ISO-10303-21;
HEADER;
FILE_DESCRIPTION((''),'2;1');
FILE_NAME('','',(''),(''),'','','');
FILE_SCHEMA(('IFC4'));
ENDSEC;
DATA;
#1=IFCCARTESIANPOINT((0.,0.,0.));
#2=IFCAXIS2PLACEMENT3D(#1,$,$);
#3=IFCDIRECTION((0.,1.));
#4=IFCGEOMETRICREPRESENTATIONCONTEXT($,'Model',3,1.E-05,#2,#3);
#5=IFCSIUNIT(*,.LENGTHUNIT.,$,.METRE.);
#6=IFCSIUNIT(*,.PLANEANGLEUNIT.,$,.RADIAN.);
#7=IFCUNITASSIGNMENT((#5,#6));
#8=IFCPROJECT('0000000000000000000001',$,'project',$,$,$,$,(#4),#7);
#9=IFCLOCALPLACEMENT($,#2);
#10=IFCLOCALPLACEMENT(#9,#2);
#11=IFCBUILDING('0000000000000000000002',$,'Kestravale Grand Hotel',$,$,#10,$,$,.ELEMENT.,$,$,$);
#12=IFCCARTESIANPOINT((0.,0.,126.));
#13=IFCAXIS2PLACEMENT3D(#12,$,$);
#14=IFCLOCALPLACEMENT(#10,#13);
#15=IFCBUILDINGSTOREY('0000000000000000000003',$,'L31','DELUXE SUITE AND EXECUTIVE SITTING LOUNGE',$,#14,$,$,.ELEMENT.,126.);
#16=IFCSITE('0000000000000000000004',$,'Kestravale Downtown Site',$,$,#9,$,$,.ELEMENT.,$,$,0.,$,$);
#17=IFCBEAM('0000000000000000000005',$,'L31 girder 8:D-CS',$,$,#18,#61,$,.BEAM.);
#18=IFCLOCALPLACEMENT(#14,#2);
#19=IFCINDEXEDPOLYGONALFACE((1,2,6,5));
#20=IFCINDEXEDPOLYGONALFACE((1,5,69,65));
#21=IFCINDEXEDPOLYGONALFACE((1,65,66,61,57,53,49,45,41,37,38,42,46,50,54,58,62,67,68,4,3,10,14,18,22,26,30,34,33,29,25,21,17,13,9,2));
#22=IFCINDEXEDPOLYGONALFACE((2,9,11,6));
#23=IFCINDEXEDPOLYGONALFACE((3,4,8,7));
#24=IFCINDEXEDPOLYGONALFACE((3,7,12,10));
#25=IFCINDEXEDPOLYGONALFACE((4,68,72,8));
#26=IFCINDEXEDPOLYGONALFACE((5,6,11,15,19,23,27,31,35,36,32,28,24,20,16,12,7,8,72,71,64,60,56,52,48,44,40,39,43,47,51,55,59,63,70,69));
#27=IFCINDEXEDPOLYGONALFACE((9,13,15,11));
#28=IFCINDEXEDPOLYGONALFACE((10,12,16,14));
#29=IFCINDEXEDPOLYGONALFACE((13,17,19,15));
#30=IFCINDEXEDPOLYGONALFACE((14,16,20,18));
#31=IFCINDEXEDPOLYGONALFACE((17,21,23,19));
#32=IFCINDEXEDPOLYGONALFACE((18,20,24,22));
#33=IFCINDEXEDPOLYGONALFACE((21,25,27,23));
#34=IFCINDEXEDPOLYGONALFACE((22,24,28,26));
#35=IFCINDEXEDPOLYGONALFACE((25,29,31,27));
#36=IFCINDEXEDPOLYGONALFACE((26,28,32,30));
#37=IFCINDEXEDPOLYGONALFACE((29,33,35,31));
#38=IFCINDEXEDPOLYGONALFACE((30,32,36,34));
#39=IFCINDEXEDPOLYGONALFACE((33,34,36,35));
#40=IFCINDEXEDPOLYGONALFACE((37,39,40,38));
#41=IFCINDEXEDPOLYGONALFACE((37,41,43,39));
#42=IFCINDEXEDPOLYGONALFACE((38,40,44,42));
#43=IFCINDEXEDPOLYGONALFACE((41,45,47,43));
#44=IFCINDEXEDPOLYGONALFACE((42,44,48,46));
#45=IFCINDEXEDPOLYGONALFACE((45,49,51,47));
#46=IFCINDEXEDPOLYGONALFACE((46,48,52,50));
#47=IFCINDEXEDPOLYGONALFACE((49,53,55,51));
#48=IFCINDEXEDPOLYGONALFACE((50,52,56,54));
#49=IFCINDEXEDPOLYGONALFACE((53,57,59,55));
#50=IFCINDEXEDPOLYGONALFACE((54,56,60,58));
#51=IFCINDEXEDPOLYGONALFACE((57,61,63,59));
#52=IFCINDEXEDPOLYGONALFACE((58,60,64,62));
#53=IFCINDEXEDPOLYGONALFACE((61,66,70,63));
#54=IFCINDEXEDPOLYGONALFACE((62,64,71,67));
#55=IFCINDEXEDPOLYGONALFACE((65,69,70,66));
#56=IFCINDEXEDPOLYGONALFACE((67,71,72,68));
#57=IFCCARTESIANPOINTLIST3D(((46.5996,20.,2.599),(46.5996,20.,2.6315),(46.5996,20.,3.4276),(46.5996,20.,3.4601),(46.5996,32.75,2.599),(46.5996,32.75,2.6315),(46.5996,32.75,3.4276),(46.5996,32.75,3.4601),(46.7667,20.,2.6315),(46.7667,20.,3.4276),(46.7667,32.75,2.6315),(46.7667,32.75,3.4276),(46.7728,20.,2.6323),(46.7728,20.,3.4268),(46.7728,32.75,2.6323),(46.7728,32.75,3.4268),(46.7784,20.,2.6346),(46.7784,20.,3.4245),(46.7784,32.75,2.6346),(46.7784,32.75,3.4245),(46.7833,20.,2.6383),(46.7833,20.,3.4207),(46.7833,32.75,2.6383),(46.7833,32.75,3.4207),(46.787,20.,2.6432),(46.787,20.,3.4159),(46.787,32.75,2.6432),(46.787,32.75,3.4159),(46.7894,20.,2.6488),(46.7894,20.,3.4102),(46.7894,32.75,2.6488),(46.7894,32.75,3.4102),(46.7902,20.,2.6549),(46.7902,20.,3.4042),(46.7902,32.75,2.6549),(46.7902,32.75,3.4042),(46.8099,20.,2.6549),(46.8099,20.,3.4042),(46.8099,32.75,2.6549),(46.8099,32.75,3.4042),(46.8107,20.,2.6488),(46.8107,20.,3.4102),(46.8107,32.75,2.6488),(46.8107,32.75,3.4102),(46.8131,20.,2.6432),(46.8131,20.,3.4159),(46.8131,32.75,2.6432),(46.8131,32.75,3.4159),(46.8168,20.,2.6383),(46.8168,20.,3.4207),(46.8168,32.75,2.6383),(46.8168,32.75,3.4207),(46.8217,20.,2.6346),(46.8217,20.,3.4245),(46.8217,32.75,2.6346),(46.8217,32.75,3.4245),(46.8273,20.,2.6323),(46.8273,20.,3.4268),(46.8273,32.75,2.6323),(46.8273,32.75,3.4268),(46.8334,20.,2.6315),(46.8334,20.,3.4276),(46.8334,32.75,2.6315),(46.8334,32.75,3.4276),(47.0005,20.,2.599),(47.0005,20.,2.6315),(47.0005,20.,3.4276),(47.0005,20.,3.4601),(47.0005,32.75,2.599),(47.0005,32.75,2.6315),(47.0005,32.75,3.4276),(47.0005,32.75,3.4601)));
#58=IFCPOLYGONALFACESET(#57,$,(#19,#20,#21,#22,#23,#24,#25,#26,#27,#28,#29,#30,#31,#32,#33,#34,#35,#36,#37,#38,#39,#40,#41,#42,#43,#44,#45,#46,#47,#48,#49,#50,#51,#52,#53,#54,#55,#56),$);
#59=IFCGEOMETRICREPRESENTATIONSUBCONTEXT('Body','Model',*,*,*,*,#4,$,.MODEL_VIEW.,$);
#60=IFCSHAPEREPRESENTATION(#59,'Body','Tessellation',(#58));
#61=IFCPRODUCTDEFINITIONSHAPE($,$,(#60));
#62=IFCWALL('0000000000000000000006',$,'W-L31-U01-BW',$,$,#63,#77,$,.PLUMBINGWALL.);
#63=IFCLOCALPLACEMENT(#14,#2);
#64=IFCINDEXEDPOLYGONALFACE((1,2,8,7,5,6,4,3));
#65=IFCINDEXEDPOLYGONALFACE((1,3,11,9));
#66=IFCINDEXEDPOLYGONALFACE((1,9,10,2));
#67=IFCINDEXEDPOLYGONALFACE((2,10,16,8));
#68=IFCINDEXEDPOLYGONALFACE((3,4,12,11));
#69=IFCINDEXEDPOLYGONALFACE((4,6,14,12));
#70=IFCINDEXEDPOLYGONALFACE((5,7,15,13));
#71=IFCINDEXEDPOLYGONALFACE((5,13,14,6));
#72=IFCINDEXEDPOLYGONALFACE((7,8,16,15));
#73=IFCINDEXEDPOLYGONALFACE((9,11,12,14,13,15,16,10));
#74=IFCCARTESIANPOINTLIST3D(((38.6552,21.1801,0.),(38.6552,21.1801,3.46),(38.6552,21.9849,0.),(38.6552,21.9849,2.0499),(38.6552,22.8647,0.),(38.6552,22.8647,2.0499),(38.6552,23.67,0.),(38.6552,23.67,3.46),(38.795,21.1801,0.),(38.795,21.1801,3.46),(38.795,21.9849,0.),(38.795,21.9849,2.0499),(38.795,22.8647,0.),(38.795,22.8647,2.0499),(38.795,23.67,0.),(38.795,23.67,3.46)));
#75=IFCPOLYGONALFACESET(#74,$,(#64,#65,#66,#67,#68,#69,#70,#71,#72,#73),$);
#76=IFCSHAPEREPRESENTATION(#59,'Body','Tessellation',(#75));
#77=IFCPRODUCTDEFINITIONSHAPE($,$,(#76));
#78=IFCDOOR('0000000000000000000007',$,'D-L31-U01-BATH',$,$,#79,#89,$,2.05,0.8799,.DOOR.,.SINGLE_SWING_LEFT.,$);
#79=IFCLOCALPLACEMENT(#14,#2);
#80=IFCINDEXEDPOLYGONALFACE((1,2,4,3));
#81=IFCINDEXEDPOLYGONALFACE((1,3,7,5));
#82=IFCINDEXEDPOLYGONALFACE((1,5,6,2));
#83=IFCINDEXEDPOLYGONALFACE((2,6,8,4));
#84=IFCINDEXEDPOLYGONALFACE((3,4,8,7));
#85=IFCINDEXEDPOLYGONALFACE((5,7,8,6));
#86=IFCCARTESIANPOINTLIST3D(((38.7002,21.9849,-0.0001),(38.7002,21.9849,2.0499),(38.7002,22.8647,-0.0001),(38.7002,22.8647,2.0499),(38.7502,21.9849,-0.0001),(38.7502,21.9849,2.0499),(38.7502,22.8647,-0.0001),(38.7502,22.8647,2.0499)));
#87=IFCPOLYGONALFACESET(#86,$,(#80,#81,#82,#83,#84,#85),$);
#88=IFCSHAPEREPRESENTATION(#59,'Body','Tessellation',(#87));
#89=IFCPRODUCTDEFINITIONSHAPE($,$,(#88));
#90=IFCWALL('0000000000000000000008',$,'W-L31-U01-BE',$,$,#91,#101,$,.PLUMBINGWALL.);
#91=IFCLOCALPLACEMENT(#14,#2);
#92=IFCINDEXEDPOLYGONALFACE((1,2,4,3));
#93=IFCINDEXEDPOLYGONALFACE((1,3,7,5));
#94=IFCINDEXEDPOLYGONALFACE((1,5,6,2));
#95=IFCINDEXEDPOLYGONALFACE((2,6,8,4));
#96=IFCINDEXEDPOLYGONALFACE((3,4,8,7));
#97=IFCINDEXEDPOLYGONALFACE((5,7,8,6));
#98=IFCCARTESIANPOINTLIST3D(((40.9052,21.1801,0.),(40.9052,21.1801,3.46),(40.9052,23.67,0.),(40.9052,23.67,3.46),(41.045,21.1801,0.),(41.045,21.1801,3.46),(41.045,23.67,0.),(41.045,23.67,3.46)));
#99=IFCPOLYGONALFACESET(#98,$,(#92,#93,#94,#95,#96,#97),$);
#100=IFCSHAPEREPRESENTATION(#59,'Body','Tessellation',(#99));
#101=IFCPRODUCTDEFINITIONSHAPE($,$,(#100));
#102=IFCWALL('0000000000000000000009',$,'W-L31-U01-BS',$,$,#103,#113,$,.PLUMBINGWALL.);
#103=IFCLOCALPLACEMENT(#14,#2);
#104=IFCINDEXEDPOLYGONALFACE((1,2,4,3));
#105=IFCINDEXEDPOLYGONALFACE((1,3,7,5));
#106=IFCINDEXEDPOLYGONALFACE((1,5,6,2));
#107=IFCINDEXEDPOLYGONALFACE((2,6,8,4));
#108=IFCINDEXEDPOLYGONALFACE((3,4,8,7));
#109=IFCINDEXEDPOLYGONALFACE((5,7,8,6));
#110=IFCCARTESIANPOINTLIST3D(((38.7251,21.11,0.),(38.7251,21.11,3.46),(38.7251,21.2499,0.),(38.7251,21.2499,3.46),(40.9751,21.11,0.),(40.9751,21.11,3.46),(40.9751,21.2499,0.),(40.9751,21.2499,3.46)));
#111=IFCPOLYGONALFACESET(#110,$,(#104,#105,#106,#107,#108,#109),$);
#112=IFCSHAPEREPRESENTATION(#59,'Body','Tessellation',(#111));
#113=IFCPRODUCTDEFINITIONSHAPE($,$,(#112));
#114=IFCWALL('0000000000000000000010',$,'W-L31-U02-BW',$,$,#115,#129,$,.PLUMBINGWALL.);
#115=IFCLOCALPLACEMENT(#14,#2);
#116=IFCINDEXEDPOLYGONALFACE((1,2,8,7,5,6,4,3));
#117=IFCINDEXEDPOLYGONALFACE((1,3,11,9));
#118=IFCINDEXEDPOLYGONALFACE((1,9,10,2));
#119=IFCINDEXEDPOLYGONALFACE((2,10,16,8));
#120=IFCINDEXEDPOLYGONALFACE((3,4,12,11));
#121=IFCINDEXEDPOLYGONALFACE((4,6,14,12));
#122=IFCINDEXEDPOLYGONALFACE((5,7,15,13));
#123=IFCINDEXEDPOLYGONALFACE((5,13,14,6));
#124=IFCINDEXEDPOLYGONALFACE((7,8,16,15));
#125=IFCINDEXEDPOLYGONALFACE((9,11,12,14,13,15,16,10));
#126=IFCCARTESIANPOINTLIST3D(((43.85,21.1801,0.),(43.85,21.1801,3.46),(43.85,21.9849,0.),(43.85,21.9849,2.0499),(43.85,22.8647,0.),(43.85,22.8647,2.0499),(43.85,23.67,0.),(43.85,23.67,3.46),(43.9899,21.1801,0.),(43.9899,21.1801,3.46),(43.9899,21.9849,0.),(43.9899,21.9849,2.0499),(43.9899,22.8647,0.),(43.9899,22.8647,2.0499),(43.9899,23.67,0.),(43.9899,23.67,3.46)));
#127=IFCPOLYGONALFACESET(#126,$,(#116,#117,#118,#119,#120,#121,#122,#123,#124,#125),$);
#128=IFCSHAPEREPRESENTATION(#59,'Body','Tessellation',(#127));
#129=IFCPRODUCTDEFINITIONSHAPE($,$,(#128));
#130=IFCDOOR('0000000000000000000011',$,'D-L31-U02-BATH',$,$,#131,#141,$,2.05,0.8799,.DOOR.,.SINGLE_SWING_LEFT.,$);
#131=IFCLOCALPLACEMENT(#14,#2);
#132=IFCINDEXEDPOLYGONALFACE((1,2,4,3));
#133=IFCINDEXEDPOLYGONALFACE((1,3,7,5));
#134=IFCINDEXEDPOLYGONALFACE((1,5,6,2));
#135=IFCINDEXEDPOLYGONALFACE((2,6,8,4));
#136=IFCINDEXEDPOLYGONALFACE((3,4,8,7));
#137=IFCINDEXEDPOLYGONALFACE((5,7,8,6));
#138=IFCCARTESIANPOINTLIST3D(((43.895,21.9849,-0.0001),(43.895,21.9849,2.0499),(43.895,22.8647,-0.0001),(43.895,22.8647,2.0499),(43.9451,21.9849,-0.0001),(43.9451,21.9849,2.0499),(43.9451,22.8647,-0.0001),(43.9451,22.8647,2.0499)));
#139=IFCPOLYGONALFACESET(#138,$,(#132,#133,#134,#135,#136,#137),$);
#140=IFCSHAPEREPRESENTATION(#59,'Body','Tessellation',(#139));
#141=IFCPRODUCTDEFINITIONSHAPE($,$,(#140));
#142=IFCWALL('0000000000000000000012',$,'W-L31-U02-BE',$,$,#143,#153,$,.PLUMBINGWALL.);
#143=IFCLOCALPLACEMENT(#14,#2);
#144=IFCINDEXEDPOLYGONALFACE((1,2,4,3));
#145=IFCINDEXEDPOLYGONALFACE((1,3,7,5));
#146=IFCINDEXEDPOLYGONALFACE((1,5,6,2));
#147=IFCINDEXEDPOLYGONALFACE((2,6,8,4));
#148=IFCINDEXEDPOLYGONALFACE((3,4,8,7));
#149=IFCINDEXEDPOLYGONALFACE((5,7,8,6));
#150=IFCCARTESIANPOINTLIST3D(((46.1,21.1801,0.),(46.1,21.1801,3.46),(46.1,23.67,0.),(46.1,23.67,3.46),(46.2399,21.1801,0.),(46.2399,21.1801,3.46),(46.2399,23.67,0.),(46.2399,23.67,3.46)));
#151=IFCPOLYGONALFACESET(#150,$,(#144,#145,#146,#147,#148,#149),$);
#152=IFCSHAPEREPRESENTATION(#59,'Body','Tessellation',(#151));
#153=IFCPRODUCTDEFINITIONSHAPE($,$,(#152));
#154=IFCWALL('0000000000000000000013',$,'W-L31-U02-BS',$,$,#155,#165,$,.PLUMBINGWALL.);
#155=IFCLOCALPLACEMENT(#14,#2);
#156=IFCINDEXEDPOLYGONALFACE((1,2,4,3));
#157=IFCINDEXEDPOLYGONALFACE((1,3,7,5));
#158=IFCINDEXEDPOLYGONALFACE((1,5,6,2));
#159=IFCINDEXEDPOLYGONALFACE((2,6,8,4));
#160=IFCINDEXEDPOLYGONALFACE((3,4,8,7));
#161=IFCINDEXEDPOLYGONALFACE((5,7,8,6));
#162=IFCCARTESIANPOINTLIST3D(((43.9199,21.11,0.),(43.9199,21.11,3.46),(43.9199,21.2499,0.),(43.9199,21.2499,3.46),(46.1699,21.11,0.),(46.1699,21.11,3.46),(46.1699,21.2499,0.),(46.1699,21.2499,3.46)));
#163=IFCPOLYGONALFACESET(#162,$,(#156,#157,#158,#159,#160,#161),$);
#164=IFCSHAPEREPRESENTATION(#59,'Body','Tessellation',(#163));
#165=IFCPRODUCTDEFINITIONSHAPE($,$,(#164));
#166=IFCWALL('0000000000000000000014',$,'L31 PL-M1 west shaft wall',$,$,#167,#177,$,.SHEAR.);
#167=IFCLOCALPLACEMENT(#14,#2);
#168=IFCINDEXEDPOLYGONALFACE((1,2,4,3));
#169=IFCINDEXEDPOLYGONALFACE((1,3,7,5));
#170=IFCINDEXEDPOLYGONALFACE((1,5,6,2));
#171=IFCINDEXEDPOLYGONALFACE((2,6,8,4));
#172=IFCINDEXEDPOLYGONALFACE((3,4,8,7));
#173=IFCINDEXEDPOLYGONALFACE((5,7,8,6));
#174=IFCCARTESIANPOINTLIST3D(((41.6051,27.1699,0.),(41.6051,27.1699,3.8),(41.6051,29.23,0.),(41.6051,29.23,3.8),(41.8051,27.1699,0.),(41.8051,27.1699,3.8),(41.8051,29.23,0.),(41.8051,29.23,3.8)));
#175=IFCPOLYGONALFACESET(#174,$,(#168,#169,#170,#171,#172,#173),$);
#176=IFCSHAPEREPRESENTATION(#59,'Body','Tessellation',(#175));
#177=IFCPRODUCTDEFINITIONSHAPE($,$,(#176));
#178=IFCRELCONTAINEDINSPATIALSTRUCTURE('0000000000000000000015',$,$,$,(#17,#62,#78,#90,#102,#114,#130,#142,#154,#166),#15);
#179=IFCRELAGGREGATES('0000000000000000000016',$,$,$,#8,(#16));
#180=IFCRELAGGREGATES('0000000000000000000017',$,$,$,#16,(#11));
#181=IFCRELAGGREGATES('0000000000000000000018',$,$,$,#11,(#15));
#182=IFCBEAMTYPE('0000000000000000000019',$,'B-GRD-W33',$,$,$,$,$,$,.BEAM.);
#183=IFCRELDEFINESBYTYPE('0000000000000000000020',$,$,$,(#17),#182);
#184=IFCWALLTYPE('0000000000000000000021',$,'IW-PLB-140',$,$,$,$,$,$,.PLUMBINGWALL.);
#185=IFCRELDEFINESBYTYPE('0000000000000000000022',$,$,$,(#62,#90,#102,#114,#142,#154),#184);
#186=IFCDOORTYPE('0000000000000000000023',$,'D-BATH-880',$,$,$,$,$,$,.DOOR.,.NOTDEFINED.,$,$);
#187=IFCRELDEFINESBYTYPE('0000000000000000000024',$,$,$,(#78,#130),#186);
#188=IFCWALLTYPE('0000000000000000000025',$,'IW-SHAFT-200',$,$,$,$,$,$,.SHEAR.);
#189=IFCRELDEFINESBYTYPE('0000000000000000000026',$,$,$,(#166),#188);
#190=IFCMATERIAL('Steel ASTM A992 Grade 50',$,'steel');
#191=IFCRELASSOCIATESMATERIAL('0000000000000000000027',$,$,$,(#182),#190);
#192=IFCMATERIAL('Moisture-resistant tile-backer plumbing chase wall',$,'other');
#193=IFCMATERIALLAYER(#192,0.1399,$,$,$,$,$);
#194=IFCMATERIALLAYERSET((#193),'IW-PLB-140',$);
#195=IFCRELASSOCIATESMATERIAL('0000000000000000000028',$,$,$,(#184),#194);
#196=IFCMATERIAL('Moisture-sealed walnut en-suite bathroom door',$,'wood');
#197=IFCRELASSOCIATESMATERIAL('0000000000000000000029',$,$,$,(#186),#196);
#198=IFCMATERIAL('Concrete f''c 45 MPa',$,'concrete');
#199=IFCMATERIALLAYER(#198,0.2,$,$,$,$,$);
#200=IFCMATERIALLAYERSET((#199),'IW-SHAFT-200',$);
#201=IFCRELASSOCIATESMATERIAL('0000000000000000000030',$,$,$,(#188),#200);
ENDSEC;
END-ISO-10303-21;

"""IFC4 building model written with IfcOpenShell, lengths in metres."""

from ifc_helpers import new_model, si_unit, direction, frame, frame_2d, origin, origin_2d, place, context, subcontext, project, spatial, rectangle, i_section, extrude, material, layer, layer_set, material_profile, profile_set, type_object, element, fill, save


model = new_model("IFC4")

# Units and contexts
model_context = context("Model", 3, precision=1e-05, world=origin(), true_north=direction((0.0, 1.0)))
body_context = subcontext(model_context, "Body", "Model", "MODEL_VIEW")
ifc_project = project(units=[si_unit("LENGTHUNIT", "METRE"), si_unit("PLANEANGLEUNIT", "RADIAN")], contexts=[model_context])

# Site, building, storey
site_placement = place(None, origin())
site = spatial("IfcSite", under=ifc_project, at=site_placement, Name="Kestravale Downtown Site", CompositionType="ELEMENT", RefElevation=0.0)
building_placement = place(site_placement, origin())
building = spatial("IfcBuilding", under=site, at=building_placement, Name="Kestravale Grand Hotel", CompositionType="ELEMENT")
storey_placement = place(building_placement, frame((0.0, 0.0, 126.0)))
storey = spatial("IfcBuildingStorey", under=building, at=storey_placement, Name="L31", Description="DELUXE SUITE AND EXECUTIVE SITTING LOUNGE", CompositionType="ELEMENT", Elevation=126.0)

# Beam
ifc_material_1 = material(Name="Steel ASTM A992 Grade 50", Category="steel")
ifc_material_profile = material_profile(ifc_material_1, i_section(OverallWidth=0.4009, OverallDepth=0.8611, WebThickness=0.0198, FlangeThickness=0.0325, FilletRadius=0.0234, at=origin_2d()))
ifc_profile_set = profile_set([ifc_material_profile], Name="Steel ASTM A992 Grade 50")
beam_type = type_object("IfcBeamType", Name="B-GRD-W33", PredefinedType="BEAM", material=ifc_profile_set)
beam_placement = place(storey_placement, frame((46.8, 20.0, 3.0295), z_axis=(0.0, 1.0, 0.0), x_axis=(-1.0, 0.0, 0.0)))
element("IfcBeam", 1, at=beam_placement, inside=storey, type_object=beam_type, Name="L31 girder 8:D-CS", PredefinedType="BEAM", context=body_context, shape_type="SweptSolid", body=[
    extrude(i_section(OverallWidth=0.4009, OverallDepth=0.8611, WebThickness=0.0198, FlangeThickness=0.0325, FilletRadius=0.0234, at=origin_2d()), origin(), (0.0, 0.0, 1.0), 12.75),
])

# Wall, opening, door
ifc_material_2 = material(Name="Moisture-resistant tile-backer plumbing chase wall", Category="other")
ifc_layer_1 = layer(ifc_material_2, 0.1399)
ifc_layer_set_1 = layer_set([ifc_layer_1], Name="IW-PLB-140")
wall_type_1 = type_object("IfcWallType", Name="IW-PLB-140", PredefinedType="PLUMBINGWALL", material=ifc_layer_set_1)
wall_1_placement = place(storey_placement, frame((38.7251, 21.1799, 0.0), z_axis=(0.0, 0.0, 1.0), x_axis=(0.0, 1.0, 0.0)))
wall_1 = element("IfcWall", 2, at=wall_1_placement, inside=storey, type_object=wall_type_1, Name="W-L31-U01-BW", PredefinedType="PLUMBINGWALL", context=body_context, shape_type="SweptSolid", body=[
    extrude(rectangle(XDim=2.49, YDim=0.1399, at=frame_2d((1.2451, 0.0))), origin(), (0.0, 0.0, 1.0), 3.46),
])
opening_1_placement = place(wall_1_placement, frame((0.8049, 0.0, 0.0)))
opening_1 = element("IfcOpeningElement", 3, at=opening_1_placement, cuts=wall_1, PredefinedType="OPENING", context=body_context, shape_type="SweptSolid", body=[
    extrude(rectangle(XDim=0.8799, YDim=2.05, at=frame_2d((0.4399, 1.0249))), frame((0.0, 0.0798, 0.0), z_axis=(0.0, -1.0, 0.0), x_axis=(1.0, 0.0, 0.0)), (0.0, 0.0, 1.0), 0.1599),
])
ifc_material_3 = material(Name="Moisture-sealed walnut en-suite bathroom door", Category="wood")
door_type_1 = type_object("IfcDoorType", Name="D-BATH-880", OperationType="NOTDEFINED", PredefinedType="DOOR", material=ifc_material_3)
door_1_placement = place(opening_1_placement, origin())
door_1 = element("IfcDoor", 4, at=door_1_placement, inside=storey, type_object=door_type_1, Name="D-L31-U01-BATH", OperationType="SINGLE_SWING_LEFT", OverallHeight=2.05, OverallWidth=0.8799, PredefinedType="DOOR", context=body_context, shape_type="SweptSolid", body=[
    extrude(rectangle(XDim=0.8799, YDim=2.05, at=frame_2d((0.4399, 1.0249))), frame((0.0, 0.0249, 0.0), z_axis=(0.0, -1.0, 0.0), x_axis=(1.0, 0.0, 0.0)), (0.0, 0.0, 1.0), 0.05),
])
fill(opening_1, door_1)

# Walls
wall_2_placement = place(storey_placement, frame((40.9751, 21.1799, 0.0), z_axis=(0.0, 0.0, 1.0), x_axis=(0.0, 1.0, 0.0)))
element("IfcWall", 5, at=wall_2_placement, inside=storey, type_object=wall_type_1, Name="W-L31-U01-BE", PredefinedType="PLUMBINGWALL", context=body_context, shape_type="SweptSolid", body=[
    extrude(rectangle(XDim=2.49, YDim=0.1399, at=frame_2d((1.2451, 0.0))), origin(), (0.0, 0.0, 1.0), 3.46),
])
wall_3_placement = place(storey_placement, frame((38.7251, 21.1799, 0.0), z_axis=(0.0, 0.0, 1.0), x_axis=(1.0, 0.0, 0.0)))
element("IfcWall", 6, at=wall_3_placement, inside=storey, type_object=wall_type_1, Name="W-L31-U01-BS", PredefinedType="PLUMBINGWALL", context=body_context, shape_type="SweptSolid", body=[
    extrude(rectangle(XDim=2.25, YDim=0.1399, at=frame_2d((1.125, 0.0))), origin(), (0.0, 0.0, 1.0), 3.46),
])

# Wall, opening, door
wall_4_placement = place(storey_placement, frame((43.9199, 21.1799, 0.0), z_axis=(0.0, 0.0, 1.0), x_axis=(0.0, 1.0, 0.0)))
wall_4 = element("IfcWall", 7, at=wall_4_placement, inside=storey, type_object=wall_type_1, Name="W-L31-U02-BW", PredefinedType="PLUMBINGWALL", context=body_context, shape_type="SweptSolid", body=[
    extrude(rectangle(XDim=2.49, YDim=0.1399, at=frame_2d((1.2451, 0.0))), origin(), (0.0, 0.0, 1.0), 3.46),
])
opening_2_placement = place(wall_4_placement, frame((0.8049, 0.0, 0.0)))
opening_2 = element("IfcOpeningElement", 8, at=opening_2_placement, cuts=wall_4, PredefinedType="OPENING", context=body_context, shape_type="SweptSolid", body=[
    extrude(rectangle(XDim=0.8799, YDim=2.05, at=frame_2d((0.4399, 1.0249))), frame((0.0, 0.0798, 0.0), z_axis=(0.0, -1.0, 0.0), x_axis=(1.0, 0.0, 0.0)), (0.0, 0.0, 1.0), 0.1599),
])
door_2_placement = place(opening_2_placement, origin())
door_2 = element("IfcDoor", 9, at=door_2_placement, inside=storey, type_object=door_type_1, Name="D-L31-U02-BATH", OperationType="SINGLE_SWING_LEFT", OverallHeight=2.05, OverallWidth=0.8799, PredefinedType="DOOR", context=body_context, shape_type="SweptSolid", body=[
    extrude(rectangle(XDim=0.8799, YDim=2.05, at=frame_2d((0.4399, 1.0249))), frame((0.0, 0.0249, 0.0), z_axis=(0.0, -1.0, 0.0), x_axis=(1.0, 0.0, 0.0)), (0.0, 0.0, 1.0), 0.05),
])
fill(opening_2, door_2)

# Walls
wall_5_placement = place(storey_placement, frame((46.1699, 21.1799, 0.0), z_axis=(0.0, 0.0, 1.0), x_axis=(0.0, 1.0, 0.0)))
element("IfcWall", 10, at=wall_5_placement, inside=storey, type_object=wall_type_1, Name="W-L31-U02-BE", PredefinedType="PLUMBINGWALL", context=body_context, shape_type="SweptSolid", body=[
    extrude(rectangle(XDim=2.49, YDim=0.1399, at=frame_2d((1.2451, 0.0))), origin(), (0.0, 0.0, 1.0), 3.46),
])
wall_6_placement = place(storey_placement, frame((43.9199, 21.1799, 0.0), z_axis=(0.0, 0.0, 1.0), x_axis=(1.0, 0.0, 0.0)))
element("IfcWall", 11, at=wall_6_placement, inside=storey, type_object=wall_type_1, Name="W-L31-U02-BS", PredefinedType="PLUMBINGWALL", context=body_context, shape_type="SweptSolid", body=[
    extrude(rectangle(XDim=2.25, YDim=0.1399, at=frame_2d((1.125, 0.0))), origin(), (0.0, 0.0, 1.0), 3.46),
])
ifc_material_4 = material(Name="Concrete f'c 45 MPa", Category="concrete")
ifc_layer_2 = layer(ifc_material_4, 0.2)
ifc_layer_set_2 = layer_set([ifc_layer_2], Name="IW-SHAFT-200")
wall_type_2 = type_object("IfcWallType", Name="IW-SHAFT-200", PredefinedType="SHEAR", material=ifc_layer_set_2)
for number, where, z_axis, x_axis, name in (
    (12, (41.7051, 27.1699, 0.0), (0.0, 0.0, 1.0), (0.0, 1.0, 0.0), "L31 PL-M1 west shaft wall"),
):
    element("IfcWall", number, at=place(storey_placement, frame(where, z_axis=z_axis, x_axis=x_axis)), inside=storey, type_object=wall_type_2, Name=name, PredefinedType="SHEAR", context=body_context, shape_type="SweptSolid", body=[
        extrude(rectangle(XDim=2.0601, YDim=0.2, at=frame_2d((1.03, 0.0))), origin(), (0.0, 0.0, 1.0), 3.8),
    ])

save(model, "model.ifc")
